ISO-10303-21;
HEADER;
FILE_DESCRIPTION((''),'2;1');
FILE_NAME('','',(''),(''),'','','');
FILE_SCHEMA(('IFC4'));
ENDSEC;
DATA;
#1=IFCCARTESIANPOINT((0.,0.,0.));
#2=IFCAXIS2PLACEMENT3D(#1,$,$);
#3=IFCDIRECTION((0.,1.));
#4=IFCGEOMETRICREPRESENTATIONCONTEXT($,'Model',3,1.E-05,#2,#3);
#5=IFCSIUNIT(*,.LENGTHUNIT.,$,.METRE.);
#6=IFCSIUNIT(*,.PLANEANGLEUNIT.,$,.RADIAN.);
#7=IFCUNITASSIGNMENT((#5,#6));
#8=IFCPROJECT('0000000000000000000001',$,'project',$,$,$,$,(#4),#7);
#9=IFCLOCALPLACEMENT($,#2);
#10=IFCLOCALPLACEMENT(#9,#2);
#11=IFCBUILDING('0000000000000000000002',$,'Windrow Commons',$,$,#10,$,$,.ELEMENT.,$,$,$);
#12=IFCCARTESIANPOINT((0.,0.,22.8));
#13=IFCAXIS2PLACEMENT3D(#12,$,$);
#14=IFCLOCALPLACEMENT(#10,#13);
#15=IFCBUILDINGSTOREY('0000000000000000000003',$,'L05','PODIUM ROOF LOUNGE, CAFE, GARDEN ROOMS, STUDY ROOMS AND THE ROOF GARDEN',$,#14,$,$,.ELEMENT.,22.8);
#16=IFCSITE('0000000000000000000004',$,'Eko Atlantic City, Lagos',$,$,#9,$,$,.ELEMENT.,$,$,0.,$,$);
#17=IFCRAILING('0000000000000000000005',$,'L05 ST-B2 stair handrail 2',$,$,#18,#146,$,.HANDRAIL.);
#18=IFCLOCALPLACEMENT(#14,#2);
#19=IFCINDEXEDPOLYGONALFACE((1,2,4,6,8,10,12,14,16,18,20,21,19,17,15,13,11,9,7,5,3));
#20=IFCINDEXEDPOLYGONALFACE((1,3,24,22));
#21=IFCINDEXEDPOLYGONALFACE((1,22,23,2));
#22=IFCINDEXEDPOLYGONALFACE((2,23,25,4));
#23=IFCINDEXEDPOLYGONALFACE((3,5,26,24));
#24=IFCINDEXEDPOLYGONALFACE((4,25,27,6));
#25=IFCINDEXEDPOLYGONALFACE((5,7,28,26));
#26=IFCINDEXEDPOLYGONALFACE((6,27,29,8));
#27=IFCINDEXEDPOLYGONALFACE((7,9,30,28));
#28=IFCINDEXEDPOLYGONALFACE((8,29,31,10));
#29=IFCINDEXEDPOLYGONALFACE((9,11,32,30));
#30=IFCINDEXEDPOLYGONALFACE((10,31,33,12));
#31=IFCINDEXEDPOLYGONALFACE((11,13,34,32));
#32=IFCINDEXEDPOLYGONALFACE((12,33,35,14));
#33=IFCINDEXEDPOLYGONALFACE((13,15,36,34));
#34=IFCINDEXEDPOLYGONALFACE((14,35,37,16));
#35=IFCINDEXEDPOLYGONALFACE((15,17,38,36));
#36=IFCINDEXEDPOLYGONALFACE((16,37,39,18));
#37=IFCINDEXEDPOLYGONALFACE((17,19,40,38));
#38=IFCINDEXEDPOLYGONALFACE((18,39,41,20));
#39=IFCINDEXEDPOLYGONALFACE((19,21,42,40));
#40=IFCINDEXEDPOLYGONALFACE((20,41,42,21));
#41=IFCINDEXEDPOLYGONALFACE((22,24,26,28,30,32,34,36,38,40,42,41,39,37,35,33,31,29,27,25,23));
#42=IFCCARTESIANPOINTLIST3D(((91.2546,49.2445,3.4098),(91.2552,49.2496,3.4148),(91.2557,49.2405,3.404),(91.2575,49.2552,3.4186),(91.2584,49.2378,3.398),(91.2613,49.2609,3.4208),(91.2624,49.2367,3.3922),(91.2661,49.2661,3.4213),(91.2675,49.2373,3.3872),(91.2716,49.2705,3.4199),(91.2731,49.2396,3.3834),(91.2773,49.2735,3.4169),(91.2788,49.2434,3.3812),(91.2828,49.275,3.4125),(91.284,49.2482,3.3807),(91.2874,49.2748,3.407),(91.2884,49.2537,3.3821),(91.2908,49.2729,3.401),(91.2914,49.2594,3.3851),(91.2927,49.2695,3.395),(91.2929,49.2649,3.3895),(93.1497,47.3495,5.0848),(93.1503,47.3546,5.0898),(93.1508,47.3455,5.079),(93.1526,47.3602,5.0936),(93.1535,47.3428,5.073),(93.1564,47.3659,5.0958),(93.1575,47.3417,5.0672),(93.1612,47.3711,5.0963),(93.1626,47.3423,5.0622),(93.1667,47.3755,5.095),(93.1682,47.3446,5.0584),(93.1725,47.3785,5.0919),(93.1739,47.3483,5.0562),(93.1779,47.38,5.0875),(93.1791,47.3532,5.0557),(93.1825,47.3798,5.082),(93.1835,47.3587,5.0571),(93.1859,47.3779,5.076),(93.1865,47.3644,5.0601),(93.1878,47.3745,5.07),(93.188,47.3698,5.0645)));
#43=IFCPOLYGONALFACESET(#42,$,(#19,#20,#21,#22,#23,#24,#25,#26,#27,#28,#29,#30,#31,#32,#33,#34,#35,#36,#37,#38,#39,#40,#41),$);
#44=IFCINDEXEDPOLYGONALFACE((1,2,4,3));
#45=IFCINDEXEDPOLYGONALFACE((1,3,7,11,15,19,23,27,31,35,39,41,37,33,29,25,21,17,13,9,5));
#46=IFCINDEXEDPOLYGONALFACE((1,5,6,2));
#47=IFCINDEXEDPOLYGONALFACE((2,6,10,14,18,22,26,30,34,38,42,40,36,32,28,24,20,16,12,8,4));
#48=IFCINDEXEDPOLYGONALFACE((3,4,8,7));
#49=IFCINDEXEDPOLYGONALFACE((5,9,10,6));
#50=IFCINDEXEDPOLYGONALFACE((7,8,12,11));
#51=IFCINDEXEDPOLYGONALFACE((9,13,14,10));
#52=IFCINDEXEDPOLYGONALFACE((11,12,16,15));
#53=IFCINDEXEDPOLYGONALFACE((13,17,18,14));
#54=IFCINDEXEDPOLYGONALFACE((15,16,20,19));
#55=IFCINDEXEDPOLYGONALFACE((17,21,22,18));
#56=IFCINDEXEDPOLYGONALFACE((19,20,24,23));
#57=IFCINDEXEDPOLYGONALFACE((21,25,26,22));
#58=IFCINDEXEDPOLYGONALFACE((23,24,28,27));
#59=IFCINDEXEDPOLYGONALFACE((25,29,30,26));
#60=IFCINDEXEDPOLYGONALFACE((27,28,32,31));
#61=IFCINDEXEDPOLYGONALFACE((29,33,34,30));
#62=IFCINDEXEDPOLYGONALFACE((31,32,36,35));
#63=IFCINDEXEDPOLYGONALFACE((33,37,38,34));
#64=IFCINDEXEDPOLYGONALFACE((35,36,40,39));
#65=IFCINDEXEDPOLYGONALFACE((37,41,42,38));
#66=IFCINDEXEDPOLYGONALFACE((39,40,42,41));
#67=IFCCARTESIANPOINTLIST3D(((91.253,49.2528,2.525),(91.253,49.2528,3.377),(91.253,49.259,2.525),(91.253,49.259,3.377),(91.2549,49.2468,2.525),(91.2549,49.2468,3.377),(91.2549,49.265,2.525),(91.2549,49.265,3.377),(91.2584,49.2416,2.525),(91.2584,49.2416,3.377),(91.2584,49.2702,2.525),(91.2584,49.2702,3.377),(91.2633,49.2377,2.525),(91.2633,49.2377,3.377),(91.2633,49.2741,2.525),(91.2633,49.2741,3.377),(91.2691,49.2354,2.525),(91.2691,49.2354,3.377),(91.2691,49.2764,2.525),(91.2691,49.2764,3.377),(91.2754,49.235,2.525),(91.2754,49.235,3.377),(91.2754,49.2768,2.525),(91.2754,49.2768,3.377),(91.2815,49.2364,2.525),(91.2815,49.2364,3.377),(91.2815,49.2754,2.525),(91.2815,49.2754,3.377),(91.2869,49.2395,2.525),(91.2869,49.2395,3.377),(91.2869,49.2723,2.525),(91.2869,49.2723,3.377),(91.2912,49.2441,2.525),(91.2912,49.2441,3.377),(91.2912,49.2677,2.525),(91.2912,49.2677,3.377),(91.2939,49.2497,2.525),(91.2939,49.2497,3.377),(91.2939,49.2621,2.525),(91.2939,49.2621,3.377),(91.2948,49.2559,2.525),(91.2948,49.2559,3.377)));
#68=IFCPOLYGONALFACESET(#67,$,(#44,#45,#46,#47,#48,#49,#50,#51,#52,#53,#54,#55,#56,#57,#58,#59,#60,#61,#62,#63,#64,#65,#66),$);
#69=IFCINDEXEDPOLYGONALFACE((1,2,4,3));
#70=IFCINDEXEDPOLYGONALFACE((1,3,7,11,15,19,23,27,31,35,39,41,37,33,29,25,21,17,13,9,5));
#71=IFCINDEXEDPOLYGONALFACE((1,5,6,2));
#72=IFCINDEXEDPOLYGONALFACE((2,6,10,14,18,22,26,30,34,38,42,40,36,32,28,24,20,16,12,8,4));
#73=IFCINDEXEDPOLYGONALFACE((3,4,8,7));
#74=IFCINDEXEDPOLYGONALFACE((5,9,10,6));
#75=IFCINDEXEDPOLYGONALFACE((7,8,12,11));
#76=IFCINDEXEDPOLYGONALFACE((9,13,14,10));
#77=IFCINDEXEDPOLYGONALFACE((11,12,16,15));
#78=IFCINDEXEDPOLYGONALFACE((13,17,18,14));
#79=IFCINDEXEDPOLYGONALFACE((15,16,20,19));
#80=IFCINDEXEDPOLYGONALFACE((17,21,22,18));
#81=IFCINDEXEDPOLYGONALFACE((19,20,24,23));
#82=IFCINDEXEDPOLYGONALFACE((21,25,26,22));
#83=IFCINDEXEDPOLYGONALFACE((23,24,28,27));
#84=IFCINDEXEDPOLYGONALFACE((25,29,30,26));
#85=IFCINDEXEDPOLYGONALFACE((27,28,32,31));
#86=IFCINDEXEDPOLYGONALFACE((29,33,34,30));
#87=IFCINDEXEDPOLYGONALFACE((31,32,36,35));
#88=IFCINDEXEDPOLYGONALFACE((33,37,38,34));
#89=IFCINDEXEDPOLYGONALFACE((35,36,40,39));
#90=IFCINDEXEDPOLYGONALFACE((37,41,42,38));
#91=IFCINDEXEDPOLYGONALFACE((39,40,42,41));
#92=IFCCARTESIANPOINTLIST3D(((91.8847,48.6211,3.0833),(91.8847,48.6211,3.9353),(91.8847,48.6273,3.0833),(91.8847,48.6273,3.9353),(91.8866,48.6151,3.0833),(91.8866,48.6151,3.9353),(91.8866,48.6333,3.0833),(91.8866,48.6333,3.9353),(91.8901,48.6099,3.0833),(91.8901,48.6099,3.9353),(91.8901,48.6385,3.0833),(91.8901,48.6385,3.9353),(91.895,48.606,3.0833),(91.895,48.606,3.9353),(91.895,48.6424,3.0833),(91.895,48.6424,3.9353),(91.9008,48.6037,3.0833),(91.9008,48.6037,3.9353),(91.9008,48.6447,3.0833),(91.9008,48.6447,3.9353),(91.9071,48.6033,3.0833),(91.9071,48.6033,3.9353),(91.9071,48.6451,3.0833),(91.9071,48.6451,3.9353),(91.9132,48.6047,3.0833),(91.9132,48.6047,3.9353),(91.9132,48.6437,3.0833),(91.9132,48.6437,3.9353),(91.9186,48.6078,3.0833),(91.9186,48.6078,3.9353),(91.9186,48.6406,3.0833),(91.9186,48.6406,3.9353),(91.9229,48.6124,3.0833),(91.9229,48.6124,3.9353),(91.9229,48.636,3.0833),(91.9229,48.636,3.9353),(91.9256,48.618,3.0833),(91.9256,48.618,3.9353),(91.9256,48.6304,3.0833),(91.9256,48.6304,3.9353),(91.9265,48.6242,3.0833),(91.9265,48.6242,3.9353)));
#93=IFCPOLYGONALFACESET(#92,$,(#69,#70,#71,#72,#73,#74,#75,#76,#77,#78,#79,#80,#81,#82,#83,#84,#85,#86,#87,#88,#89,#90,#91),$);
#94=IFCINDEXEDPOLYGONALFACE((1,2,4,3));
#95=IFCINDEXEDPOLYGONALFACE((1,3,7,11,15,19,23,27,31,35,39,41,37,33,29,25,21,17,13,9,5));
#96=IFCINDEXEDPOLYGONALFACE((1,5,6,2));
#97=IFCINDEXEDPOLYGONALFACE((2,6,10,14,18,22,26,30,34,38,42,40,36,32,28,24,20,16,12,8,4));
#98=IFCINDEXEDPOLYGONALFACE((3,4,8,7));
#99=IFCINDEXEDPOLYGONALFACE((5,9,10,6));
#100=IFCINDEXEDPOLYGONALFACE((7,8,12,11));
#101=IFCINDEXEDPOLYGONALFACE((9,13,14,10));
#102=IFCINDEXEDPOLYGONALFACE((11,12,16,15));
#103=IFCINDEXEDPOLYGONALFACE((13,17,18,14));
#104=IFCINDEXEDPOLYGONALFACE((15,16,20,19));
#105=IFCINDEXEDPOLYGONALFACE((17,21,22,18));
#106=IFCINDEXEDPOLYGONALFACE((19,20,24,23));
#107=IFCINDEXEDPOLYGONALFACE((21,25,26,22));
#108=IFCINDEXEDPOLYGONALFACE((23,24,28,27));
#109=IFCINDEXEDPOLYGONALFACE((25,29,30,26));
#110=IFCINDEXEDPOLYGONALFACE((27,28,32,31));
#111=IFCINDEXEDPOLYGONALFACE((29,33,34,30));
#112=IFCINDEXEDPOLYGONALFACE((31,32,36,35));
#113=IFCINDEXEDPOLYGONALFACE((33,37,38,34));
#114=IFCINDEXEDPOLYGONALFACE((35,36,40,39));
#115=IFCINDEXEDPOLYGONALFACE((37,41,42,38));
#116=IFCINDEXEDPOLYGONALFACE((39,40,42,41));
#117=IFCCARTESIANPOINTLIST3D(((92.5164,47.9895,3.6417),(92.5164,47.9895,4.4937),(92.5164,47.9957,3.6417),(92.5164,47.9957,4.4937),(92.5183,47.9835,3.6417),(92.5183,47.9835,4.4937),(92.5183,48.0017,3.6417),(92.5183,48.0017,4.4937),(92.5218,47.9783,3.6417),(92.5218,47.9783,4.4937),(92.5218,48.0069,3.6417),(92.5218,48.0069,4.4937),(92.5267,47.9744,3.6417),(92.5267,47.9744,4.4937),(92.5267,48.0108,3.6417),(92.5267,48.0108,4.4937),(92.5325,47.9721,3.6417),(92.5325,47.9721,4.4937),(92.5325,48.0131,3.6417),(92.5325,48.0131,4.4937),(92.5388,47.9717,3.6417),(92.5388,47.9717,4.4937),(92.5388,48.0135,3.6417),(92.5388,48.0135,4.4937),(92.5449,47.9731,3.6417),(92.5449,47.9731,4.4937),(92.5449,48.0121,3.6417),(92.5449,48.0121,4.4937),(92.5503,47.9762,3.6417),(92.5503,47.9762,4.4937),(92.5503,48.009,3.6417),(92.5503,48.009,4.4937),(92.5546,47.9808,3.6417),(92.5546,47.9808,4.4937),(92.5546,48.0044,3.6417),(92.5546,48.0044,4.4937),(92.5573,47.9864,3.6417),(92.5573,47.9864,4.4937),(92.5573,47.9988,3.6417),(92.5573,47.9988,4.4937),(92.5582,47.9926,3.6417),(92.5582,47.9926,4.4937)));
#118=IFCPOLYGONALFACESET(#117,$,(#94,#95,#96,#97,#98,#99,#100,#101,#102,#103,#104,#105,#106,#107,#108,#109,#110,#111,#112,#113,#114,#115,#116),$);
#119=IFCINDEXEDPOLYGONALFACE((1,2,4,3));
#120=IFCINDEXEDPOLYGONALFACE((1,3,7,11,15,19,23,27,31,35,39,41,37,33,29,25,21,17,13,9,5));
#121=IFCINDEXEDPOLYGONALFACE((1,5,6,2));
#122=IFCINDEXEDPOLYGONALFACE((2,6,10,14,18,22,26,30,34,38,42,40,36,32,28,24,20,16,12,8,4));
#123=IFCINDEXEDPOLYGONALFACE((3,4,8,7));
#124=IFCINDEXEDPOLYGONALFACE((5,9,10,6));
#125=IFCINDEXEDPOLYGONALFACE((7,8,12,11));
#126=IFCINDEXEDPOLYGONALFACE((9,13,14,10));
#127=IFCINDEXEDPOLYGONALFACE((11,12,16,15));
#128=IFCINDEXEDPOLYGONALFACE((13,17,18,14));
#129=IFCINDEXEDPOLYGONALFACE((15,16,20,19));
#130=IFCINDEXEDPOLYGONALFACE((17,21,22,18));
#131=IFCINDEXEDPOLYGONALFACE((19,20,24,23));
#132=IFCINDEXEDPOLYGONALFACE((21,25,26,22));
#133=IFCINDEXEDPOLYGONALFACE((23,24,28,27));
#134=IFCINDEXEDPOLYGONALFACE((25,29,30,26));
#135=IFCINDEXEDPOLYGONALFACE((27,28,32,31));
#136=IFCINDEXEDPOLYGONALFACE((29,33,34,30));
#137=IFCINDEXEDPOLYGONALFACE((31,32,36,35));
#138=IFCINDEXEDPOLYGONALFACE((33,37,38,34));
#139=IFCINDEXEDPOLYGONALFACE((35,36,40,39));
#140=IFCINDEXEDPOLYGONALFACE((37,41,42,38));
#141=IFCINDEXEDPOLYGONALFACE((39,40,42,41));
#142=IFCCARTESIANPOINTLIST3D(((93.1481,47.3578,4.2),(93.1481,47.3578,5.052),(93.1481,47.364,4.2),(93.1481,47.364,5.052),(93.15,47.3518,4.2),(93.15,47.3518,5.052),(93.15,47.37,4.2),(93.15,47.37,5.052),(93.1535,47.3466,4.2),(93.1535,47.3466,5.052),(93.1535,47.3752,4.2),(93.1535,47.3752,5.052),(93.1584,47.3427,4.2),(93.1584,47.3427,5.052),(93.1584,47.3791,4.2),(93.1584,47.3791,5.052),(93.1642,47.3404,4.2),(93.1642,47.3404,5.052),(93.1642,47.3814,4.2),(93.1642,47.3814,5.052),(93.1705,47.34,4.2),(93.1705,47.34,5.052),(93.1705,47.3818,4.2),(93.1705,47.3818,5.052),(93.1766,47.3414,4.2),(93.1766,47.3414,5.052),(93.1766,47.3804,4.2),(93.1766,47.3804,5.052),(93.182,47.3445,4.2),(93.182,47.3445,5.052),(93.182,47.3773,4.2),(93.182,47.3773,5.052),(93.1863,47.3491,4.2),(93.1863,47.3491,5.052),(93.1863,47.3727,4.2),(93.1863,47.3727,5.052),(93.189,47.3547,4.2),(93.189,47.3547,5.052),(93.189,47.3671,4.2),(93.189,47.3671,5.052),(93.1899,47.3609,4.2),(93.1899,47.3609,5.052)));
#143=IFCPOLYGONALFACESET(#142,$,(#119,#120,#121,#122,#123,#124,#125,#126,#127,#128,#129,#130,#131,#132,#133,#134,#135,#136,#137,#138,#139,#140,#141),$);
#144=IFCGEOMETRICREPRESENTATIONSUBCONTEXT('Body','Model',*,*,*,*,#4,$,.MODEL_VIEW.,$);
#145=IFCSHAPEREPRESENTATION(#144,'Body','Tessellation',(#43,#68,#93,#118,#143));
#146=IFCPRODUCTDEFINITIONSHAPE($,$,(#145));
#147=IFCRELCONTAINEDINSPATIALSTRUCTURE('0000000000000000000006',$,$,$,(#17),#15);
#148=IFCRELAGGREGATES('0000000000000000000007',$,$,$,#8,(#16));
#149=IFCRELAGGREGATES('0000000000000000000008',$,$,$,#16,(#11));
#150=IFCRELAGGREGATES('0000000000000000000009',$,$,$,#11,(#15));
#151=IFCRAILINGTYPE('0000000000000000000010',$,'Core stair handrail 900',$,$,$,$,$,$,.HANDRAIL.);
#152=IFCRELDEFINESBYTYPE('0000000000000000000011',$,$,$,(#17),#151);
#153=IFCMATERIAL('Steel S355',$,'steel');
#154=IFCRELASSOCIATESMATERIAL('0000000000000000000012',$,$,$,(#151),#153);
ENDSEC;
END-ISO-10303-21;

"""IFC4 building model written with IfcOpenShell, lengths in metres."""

from ifc_helpers import new_model, si_unit, direction, frame, origin, origin_2d, place, context, subcontext, project, spatial, circle, extrude, material, type_object, element, save


model = new_model("IFC4")

# Units and contexts
model_context = context("Model", 3, precision=1e-05, world=origin(), true_north=direction((0.0, 1.0)))
body_context = subcontext(model_context, "Body", "Model", "MODEL_VIEW")
ifc_project = project(units=[si_unit("LENGTHUNIT", "METRE"), si_unit("PLANEANGLEUNIT", "RADIAN")], contexts=[model_context])

# Site, building, storey
site_placement = place(None, origin())
site = spatial("IfcSite", under=ifc_project, at=site_placement, Name="Eko Atlantic City, Lagos", CompositionType="ELEMENT", RefElevation=0.0)
building_placement = place(site_placement, origin())
building = spatial("IfcBuilding", under=site, at=building_placement, Name="Windrow Commons", CompositionType="ELEMENT")
storey_placement = place(building_placement, frame((0.0, 0.0, 22.8)))
storey = spatial("IfcBuildingStorey", under=building, at=storey_placement, Name="L05", Description="PODIUM ROOF LOUNGE, CAFE, GARDEN ROOMS, STUDY ROOMS AND THE ROOF GARDEN", CompositionType="ELEMENT", Elevation=22.8)

# Railing
ifc_material_1 = material(Name="Steel S355", Category="steel")
railing_type_1 = type_object("IfcRailingType", Name="Core stair handrail 900", PredefinedType="HANDRAIL", material=ifc_material_1)
railing_1_placement = place(storey_placement, frame((91.2738, 49.2559, 2.525)))
element("IfcRailing", 1, at=railing_1_placement, inside=storey, type_object=railing_type_1, Name="L05 ST-B2 stair handrail 2", PredefinedType="HANDRAIL", context=body_context, shape_type="SweptSolid", body=[
    extrude(circle(Radius=0.024, at=origin_2d()), frame((0.0, 0.0, 0.876), z_axis=(0.599642, -0.59961, 0.529998), x_axis=(0.707088, 0.707125, 0.0)), (0.0, 0.0, 1.0), 3.1604),
    extrude(circle(Radius=0.021, at=origin_2d()), origin(), (0.0, 0.0, 1.0), 0.852),
    extrude(circle(Radius=0.021, at=origin_2d()), frame((0.6317, -0.6317, 0.5583)), (0.0, 0.0, 1.0), 0.852),
    extrude(circle(Radius=0.021, at=origin_2d()), frame((1.2634, -1.2633, 1.1167)), (0.0, 0.0, 1.0), 0.852),
    extrude(circle(Radius=0.021, at=origin_2d()), frame((1.8951, -1.895, 1.675)), (0.0, 0.0, 1.0), 0.852),
])

save(model, "model.ifc")
